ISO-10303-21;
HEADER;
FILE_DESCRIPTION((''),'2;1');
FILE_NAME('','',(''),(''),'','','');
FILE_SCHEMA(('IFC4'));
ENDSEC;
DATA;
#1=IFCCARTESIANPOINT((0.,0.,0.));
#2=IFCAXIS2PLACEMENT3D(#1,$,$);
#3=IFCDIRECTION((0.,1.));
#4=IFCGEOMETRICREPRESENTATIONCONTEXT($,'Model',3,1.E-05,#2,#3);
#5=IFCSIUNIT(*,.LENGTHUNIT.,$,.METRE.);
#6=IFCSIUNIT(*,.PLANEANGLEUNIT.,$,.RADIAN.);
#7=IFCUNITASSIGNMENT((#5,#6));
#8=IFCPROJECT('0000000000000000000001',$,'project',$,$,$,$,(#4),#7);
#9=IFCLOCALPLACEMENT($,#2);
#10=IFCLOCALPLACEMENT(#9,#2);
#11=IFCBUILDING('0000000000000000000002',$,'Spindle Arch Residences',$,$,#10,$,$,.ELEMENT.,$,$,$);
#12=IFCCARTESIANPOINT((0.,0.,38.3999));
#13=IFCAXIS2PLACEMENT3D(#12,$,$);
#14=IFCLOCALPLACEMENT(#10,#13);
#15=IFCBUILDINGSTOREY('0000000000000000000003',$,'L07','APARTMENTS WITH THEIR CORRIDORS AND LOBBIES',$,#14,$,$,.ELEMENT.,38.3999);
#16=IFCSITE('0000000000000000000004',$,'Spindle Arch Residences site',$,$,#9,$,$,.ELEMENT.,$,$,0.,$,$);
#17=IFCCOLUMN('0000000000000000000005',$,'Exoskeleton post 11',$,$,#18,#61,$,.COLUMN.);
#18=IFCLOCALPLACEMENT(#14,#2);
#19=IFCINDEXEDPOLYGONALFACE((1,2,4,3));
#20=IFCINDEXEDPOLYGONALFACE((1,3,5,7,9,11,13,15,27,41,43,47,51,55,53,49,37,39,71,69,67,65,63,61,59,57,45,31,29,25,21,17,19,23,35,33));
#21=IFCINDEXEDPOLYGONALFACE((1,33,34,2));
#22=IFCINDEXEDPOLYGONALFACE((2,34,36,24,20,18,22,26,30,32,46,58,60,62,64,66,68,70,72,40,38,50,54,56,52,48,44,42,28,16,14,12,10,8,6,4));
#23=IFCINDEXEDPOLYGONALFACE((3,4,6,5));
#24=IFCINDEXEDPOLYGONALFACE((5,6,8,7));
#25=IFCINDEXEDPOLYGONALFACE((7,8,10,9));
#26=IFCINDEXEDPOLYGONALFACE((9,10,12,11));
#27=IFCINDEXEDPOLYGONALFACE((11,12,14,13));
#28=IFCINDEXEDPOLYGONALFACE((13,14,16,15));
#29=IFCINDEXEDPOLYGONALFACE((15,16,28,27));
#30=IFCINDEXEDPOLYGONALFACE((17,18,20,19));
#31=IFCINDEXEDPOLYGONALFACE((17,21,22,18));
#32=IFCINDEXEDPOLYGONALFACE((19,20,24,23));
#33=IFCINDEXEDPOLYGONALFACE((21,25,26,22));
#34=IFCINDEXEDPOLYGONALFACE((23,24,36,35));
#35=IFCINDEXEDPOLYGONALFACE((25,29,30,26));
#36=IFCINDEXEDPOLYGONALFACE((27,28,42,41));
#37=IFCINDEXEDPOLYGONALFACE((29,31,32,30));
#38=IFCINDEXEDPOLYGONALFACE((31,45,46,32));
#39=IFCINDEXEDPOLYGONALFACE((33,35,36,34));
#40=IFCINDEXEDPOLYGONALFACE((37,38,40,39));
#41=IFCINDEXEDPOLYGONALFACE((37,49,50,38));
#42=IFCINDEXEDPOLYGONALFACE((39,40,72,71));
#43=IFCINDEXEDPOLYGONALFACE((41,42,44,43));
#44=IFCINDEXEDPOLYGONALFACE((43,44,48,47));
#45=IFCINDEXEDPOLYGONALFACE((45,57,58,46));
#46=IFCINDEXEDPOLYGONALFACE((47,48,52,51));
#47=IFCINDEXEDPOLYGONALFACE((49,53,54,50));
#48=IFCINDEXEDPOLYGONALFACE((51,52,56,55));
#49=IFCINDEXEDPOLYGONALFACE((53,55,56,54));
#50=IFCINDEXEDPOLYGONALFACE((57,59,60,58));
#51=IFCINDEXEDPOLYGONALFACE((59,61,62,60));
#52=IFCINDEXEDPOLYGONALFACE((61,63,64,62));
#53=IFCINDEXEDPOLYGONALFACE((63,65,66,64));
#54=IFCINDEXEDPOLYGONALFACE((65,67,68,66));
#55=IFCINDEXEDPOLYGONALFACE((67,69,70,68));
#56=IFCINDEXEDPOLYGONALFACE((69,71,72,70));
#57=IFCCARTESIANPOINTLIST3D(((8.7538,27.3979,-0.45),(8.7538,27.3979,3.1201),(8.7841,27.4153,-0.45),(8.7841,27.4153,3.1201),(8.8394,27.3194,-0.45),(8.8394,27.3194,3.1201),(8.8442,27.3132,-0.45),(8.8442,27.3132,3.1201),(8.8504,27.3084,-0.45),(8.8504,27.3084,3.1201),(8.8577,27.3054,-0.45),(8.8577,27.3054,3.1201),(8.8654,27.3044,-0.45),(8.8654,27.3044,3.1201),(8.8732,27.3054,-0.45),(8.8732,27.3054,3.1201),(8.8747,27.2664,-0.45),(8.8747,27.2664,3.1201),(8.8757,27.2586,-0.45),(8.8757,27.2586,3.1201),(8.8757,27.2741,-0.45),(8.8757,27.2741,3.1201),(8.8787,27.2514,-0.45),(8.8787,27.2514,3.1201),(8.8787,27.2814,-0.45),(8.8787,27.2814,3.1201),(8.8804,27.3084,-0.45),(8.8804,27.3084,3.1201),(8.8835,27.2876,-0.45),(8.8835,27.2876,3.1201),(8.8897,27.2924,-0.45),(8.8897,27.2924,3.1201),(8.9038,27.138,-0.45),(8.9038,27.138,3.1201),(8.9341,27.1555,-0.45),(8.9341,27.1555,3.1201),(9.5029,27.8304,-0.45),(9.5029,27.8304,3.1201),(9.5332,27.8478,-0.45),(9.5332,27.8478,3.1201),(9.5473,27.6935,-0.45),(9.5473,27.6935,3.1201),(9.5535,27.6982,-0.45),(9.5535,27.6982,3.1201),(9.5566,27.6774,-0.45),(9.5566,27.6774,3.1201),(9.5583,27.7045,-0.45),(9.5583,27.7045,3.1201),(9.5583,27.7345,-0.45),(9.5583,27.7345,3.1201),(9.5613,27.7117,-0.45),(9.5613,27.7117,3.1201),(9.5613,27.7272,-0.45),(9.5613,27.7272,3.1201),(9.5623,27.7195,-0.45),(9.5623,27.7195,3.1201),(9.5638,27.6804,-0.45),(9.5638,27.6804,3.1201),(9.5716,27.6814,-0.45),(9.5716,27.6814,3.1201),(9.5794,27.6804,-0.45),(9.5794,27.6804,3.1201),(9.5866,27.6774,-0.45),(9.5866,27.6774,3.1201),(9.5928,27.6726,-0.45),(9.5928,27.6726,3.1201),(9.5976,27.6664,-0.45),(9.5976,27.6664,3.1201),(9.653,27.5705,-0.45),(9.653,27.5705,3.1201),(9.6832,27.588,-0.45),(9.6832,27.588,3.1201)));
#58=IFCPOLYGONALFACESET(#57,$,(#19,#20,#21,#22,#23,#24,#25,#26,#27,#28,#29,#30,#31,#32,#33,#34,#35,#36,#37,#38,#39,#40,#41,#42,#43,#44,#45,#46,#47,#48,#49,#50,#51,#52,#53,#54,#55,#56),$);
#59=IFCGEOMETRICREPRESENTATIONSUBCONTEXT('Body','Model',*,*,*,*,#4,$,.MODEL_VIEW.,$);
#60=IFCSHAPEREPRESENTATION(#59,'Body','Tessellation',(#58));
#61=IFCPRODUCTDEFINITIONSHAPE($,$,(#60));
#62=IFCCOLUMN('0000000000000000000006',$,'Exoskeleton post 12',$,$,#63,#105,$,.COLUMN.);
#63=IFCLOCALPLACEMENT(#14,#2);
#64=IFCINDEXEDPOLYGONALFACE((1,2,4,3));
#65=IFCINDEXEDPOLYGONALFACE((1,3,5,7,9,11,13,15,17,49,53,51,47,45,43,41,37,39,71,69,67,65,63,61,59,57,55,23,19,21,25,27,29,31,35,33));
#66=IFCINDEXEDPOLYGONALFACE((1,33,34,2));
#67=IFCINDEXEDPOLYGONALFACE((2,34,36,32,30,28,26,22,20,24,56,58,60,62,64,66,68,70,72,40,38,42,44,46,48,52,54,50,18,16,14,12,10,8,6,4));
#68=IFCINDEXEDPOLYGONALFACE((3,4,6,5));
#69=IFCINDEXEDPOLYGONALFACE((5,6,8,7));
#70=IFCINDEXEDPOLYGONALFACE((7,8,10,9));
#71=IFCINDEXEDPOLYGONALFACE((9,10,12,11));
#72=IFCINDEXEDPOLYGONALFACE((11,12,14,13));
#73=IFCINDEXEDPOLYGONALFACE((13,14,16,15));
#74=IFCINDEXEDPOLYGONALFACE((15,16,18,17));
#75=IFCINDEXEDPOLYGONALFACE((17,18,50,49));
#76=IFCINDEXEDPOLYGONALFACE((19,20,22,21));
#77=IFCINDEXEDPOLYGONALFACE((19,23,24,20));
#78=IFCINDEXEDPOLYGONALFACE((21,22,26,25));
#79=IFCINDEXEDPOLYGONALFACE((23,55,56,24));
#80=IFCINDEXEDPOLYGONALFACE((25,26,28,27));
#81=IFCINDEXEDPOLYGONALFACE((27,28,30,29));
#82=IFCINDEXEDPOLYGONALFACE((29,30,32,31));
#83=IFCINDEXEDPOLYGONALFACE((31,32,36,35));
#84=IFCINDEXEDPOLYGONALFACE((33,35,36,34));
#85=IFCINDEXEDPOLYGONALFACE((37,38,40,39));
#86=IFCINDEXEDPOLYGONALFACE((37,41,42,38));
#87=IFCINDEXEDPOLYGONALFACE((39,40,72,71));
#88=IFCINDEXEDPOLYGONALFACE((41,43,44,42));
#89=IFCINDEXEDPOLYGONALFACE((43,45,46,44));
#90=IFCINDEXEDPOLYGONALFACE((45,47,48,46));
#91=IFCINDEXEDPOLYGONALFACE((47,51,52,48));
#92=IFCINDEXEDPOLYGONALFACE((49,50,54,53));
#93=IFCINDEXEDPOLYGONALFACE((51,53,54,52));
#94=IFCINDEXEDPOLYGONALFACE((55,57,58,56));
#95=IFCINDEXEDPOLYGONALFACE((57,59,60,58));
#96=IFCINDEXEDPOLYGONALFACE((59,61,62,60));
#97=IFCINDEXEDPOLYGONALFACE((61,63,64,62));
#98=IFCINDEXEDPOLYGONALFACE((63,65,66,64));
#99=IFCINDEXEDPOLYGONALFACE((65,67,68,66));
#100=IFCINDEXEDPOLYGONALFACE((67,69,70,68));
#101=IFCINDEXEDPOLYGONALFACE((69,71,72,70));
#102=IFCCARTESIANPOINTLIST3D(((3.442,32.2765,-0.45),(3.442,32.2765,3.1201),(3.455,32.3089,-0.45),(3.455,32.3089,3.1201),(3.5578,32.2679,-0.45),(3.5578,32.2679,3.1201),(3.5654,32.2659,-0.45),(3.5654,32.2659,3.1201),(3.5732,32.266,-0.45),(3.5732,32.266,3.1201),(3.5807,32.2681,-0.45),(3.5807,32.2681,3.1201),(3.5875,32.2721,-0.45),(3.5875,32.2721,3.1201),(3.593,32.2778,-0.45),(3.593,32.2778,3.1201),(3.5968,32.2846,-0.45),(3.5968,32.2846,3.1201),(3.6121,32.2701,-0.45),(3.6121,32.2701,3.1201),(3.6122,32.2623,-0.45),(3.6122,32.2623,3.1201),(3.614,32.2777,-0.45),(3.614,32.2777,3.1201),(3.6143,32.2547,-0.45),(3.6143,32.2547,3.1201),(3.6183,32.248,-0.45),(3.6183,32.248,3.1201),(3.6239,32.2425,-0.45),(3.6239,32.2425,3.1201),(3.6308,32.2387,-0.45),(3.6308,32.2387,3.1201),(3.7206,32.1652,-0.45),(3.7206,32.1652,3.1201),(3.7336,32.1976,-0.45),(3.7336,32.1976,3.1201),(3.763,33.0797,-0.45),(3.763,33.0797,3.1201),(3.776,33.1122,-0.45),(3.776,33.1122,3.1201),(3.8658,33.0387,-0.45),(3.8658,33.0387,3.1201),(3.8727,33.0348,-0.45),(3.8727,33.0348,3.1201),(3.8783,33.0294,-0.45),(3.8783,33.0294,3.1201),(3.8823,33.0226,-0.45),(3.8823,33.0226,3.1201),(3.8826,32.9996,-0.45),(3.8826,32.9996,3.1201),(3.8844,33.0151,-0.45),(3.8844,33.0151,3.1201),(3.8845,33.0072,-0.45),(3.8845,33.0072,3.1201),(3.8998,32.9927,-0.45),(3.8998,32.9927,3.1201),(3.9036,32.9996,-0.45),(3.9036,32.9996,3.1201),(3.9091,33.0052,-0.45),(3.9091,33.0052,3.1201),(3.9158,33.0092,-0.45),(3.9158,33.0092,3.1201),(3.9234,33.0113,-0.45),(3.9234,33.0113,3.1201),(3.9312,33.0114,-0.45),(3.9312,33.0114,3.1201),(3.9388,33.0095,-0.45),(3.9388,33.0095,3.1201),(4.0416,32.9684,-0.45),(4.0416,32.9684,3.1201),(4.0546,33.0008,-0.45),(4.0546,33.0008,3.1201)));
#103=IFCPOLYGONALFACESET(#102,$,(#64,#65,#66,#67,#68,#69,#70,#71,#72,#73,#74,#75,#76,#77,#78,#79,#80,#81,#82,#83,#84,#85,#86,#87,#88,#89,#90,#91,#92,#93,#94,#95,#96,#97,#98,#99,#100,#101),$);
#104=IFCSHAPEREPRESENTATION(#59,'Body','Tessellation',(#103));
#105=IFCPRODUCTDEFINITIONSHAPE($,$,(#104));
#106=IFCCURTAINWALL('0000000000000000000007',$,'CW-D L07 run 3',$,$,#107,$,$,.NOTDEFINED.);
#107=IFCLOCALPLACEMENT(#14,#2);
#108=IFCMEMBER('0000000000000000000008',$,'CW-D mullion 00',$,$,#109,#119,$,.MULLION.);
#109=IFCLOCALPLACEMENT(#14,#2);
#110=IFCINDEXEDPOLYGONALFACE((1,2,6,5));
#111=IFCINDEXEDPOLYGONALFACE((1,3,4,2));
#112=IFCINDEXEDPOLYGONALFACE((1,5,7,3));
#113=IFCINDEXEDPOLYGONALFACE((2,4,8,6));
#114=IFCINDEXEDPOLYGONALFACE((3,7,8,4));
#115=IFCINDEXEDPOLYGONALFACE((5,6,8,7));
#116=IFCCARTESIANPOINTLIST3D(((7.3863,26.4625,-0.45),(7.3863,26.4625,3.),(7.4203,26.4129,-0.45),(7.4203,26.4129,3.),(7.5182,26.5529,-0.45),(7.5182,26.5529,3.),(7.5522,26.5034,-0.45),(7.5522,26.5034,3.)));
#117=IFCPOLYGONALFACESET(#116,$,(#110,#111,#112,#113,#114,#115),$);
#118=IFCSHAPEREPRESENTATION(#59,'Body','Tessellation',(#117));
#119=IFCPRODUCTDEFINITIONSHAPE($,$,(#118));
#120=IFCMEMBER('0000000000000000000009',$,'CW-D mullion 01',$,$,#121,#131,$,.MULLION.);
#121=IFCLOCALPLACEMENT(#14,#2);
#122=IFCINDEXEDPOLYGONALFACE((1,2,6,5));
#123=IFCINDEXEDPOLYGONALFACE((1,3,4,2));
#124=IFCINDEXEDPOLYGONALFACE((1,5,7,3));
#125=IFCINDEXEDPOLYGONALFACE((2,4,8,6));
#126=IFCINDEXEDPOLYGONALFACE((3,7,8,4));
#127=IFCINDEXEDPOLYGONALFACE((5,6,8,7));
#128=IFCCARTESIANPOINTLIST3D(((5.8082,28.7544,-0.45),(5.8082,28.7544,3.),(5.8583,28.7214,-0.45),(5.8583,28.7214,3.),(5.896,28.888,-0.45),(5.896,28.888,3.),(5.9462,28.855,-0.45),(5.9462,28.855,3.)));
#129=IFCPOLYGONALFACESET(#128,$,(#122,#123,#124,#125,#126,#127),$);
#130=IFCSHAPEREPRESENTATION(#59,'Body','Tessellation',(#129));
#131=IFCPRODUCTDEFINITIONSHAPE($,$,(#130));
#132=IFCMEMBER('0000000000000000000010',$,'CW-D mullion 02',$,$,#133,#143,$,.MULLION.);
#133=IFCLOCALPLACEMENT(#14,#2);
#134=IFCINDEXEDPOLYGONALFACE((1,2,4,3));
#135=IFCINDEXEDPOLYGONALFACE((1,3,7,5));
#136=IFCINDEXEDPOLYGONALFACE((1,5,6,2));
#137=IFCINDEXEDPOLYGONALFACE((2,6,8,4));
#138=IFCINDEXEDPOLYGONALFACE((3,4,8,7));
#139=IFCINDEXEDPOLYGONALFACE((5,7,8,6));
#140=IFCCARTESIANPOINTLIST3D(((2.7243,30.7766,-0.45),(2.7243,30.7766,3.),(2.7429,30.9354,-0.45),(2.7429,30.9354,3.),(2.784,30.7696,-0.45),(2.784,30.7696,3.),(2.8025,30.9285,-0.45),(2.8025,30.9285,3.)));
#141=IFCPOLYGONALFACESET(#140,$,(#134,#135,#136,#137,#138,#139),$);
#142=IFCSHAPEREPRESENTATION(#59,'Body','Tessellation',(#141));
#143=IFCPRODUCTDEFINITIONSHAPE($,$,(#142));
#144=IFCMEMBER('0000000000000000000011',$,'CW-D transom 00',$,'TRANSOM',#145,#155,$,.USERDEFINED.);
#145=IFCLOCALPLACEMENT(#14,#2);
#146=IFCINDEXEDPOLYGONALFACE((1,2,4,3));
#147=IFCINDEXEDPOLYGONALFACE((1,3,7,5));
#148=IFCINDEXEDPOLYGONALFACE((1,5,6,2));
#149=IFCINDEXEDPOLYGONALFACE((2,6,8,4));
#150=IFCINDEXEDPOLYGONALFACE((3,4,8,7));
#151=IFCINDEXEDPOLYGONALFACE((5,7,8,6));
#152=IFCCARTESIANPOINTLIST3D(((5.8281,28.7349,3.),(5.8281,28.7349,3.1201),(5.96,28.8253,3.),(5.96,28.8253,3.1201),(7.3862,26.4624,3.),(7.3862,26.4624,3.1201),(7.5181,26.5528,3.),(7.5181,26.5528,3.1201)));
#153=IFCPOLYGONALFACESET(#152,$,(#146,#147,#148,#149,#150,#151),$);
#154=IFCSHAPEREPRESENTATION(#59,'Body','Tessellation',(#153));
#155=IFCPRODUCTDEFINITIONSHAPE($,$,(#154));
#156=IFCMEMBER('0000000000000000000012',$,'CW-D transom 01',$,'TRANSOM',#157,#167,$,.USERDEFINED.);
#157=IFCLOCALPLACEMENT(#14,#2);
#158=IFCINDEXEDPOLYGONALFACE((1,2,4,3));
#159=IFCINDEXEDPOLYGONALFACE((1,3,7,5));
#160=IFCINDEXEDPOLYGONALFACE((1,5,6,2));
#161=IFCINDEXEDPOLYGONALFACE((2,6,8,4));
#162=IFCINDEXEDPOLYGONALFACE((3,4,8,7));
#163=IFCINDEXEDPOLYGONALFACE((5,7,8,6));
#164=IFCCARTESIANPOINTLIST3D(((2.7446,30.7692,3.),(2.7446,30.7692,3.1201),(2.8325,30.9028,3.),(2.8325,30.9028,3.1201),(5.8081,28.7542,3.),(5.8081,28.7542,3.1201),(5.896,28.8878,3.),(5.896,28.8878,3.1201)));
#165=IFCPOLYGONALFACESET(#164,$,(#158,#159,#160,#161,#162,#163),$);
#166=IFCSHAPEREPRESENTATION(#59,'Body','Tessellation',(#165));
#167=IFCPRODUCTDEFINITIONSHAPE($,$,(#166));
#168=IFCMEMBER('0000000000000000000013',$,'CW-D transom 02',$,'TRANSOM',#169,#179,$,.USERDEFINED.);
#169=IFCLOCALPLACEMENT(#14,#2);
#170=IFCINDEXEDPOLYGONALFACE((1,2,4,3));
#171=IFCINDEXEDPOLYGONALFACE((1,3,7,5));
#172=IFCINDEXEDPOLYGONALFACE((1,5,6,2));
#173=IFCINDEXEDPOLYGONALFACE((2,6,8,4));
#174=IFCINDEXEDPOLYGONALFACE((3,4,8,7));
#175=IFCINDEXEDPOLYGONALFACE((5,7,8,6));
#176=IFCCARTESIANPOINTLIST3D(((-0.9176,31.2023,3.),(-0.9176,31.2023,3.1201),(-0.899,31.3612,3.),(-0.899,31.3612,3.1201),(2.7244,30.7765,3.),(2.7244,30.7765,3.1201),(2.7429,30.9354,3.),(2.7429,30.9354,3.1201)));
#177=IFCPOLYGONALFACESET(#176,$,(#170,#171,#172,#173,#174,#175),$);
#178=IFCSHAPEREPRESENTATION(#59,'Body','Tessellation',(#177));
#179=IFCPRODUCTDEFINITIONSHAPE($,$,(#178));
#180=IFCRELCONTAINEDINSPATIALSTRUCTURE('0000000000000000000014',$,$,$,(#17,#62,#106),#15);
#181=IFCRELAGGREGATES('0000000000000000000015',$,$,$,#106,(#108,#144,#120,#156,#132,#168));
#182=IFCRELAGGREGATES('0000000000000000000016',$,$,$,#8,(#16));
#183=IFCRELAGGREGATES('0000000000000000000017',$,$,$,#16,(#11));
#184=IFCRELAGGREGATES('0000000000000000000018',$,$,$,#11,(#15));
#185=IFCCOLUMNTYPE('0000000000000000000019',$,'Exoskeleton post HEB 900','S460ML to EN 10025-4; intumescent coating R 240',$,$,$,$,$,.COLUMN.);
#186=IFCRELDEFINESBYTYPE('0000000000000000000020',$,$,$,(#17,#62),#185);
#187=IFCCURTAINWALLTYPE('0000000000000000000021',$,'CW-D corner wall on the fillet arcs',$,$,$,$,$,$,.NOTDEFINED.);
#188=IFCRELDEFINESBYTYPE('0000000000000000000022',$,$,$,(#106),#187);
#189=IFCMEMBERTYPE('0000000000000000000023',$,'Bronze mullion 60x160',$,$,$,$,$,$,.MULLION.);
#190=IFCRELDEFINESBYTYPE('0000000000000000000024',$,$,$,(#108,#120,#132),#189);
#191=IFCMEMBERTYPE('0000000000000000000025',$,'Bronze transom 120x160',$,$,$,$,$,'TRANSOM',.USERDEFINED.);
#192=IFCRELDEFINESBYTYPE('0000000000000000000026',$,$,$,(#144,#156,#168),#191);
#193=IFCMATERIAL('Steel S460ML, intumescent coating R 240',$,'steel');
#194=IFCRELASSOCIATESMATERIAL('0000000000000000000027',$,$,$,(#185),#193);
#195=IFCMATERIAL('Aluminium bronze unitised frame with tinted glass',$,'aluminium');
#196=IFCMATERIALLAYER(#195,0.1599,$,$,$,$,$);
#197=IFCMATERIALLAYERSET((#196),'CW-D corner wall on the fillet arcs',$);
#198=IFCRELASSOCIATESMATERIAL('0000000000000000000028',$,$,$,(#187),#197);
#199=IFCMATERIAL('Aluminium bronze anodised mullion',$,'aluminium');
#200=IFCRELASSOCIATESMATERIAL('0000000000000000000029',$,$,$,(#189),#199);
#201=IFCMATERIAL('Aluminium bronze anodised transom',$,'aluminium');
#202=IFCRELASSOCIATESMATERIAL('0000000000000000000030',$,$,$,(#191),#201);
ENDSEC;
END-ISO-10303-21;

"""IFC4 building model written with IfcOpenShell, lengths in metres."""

from ifc_helpers import new_model, si_unit, direction, frame, origin, origin_2d, place, context, subcontext, project, spatial, rectangle, i_section, extrude, material, layer, layer_set, material_profile, profile_set, type_object, element, aggregate, save


model = new_model("IFC4")

# Units and contexts
model_context = context("Model", 3, precision=1e-05, world=origin(), true_north=direction((0.0, 1.0)))
body_context = subcontext(model_context, "Body", "Model", "MODEL_VIEW")
ifc_project = project(units=[si_unit("LENGTHUNIT", "METRE"), si_unit("PLANEANGLEUNIT", "RADIAN")], contexts=[model_context])

# Site, building, storey
site_placement = place(None, origin())
site = spatial("IfcSite", under=ifc_project, at=site_placement, Name="Spindle Arch Residences site", CompositionType="ELEMENT", RefElevation=0.0)
building_placement = place(site_placement, origin())
building = spatial("IfcBuilding", under=site, at=building_placement, Name="Spindle Arch Residences", CompositionType="ELEMENT")
storey_placement = place(building_placement, frame((0.0, 0.0, 38.3999)))
storey = spatial("IfcBuildingStorey", under=building, at=storey_placement, Name="L07", Description="APARTMENTS WITH THEIR CORRIDORS AND LOBBIES", CompositionType="ELEMENT", Elevation=38.3999)

# Columns
ifc_material_1 = material(Name="Steel S460ML, intumescent coating R 240", Category="steel")
ifc_material_profile_1 = material_profile(ifc_material_1, i_section(OverallWidth=0.3, OverallDepth=0.8999, WebThickness=0.0186, FlangeThickness=0.0349, FilletRadius=0.03, at=origin_2d()), Name="HEB 900")
ifc_profile_set_1 = profile_set([ifc_material_profile_1], Name="Steel S460ML, intumescent coating R 240")
column_type = type_object("IfcColumnType", Name="Exoskeleton post HEB 900", Description="S460ML to EN 10025-4; intumescent coating R 240", PredefinedType="COLUMN", material=ifc_profile_set_1)
for number, where, z_axis, x_axis, name in (
    (1, (9.2185, 27.4929, -0.45), (0.0, 0.0, 1.0), (0.5, -0.866025, 0.0), "Exoskeleton post 11"),
    (2, (3.7483, 32.6387, -0.45), (0.0, 0.0, 1.0), (0.92859, -0.371108, 0.0), "Exoskeleton post 12"),
):
    element("IfcColumn", number, at=place(storey_placement, frame(where, z_axis=z_axis, x_axis=x_axis)), inside=storey, type_object=column_type, Name=name, PredefinedType="COLUMN", context=body_context, shape_type="SweptSolid", body=[
        extrude(i_section(OverallWidth=0.3, OverallDepth=0.8999, WebThickness=0.0186, FlangeThickness=0.0349, FilletRadius=0.03, at=origin_2d()), origin(), (0.0, 0.0, 1.0), 3.5701),
    ])

# Curtain wall, members
ifc_material_2 = material(Name="Aluminium bronze unitised frame with tinted glass", Category="aluminium")
ifc_layer_1 = layer(ifc_material_2, 0.1599)
ifc_layer_set_1 = layer_set([ifc_layer_1], Name="CW-D corner wall on the fillet arcs")
curtain_wall_type = type_object("IfcCurtainWallType", Name="CW-D corner wall on the fillet arcs", PredefinedType="NOTDEFINED", material=ifc_layer_set_1)
curtain_wall_placement = place(storey_placement, origin())
curtain_wall = element("IfcCurtainWall", 3, at=curtain_wall_placement, inside=storey, type_object=curtain_wall_type, Name="CW-D L07 run 3", PredefinedType="NOTDEFINED")
ifc_material_3 = material(Name="Aluminium bronze anodised mullion", Category="aluminium")
ifc_material_profile_2 = material_profile(ifc_material_3, rectangle(XDim=0.1599, YDim=0.0601, at=origin_2d()), Name="MU 60x160")
ifc_profile_set_2 = profile_set([ifc_material_profile_2], Name="Aluminium bronze anodised mullion")
member_type_1 = type_object("IfcMemberType", Name="Bronze mullion 60x160", PredefinedType="MULLION", material=ifc_profile_set_2)
member_1_placement = place(storey_placement, frame((7.4692, 26.4829, -0.45), z_axis=(0.0, 0.0, 1.0), x_axis=(-0.824748, -0.565501, 0.0)))
member_1 = element("IfcMember", 4, at=member_1_placement, type_object=member_type_1, Name="CW-D mullion 00", PredefinedType="MULLION", context=body_context, shape_type="SweptSolid", body=[
    extrude(rectangle(XDim=0.1599, YDim=0.0601, at=origin_2d()), origin(), (0.0, 0.0, 1.0), 3.45),
])
member_2_placement = place(storey_placement, frame((5.8772, 28.8047, -0.45), z_axis=(0.0, 0.0, 1.0), x_axis=(-0.549509, -0.835488, 0.0)))
member_2 = element("IfcMember", 5, at=member_2_placement, type_object=member_type_1, Name="CW-D mullion 01", PredefinedType="MULLION", context=body_context, shape_type="SweptSolid", body=[
    extrude(rectangle(XDim=0.1599, YDim=0.0601, at=origin_2d()), origin(), (0.0, 0.0, 1.0), 3.45),
])
member_3_placement = place(storey_placement, frame((2.7634, 30.8525, -0.45), z_axis=(0.0, 0.0, 1.0), x_axis=(-0.116093, -0.993238, 0.0)))
member_3 = element("IfcMember", 6, at=member_3_placement, type_object=member_type_1, Name="CW-D mullion 02", PredefinedType="MULLION", context=body_context, shape_type="SweptSolid", body=[
    extrude(rectangle(XDim=0.1599, YDim=0.0601, at=origin_2d()), origin(), (0.0, 0.0, 1.0), 3.45),
])
ifc_material_4 = material(Name="Aluminium bronze anodised transom", Category="aluminium")
ifc_material_profile_3 = material_profile(ifc_material_4, rectangle(XDim=0.1599, YDim=0.1201, at=origin_2d()), Name="TR 120x160")
ifc_profile_set_3 = profile_set([ifc_material_profile_3], Name="Aluminium bronze anodised transom")
member_type_2 = type_object("IfcMemberType", Name="Bronze transom 120x160", ElementType="TRANSOM", PredefinedType="USERDEFINED", material=ifc_profile_set_3)
member_4_placement = place(storey_placement, frame((7.4521, 26.5076, 3.0601), z_axis=(-0.56549, 0.824755, 0.0), x_axis=(-0.824755, -0.56549, 0.0)))
member_4 = element("IfcMember", 7, at=member_4_placement, type_object=member_type_2, Name="CW-D transom 00", ObjectType="TRANSOM", PredefinedType="USERDEFINED", context=body_context, shape_type="SweptSolid", body=[
    extrude(rectangle(XDim=0.1599, YDim=0.1201, at=origin_2d()), origin(), (0.0, 0.0, 1.0), 2.7554),
])
member_5_placement = place(storey_placement, frame((5.8521, 28.821, 3.0601), z_axis=(-0.835486, 0.549511, 0.0), x_axis=(-0.549511, -0.835486, 0.0)))
member_5 = element("IfcMember", 8, at=member_5_placement, type_object=member_type_2, Name="CW-D transom 01", ObjectType="TRANSOM", PredefinedType="USERDEFINED", context=body_context, shape_type="SweptSolid", body=[
    extrude(rectangle(XDim=0.1599, YDim=0.1201, at=origin_2d()), origin(), (0.0, 0.0, 1.0), 3.6667),
])
member_6_placement = place(storey_placement, frame((2.7336, 30.856, 3.0601), z_axis=(-0.993235, 0.116123, 0.0), x_axis=(-0.116123, -0.993235, 0.0)))
member_6 = element("IfcMember", 9, at=member_6_placement, type_object=member_type_2, Name="CW-D transom 02", ObjectType="TRANSOM", PredefinedType="USERDEFINED", context=body_context, shape_type="SweptSolid", body=[
    extrude(rectangle(XDim=0.1599, YDim=0.1201, at=origin_2d()), origin(), (0.0, 0.0, 1.0), 3.6667),
])

aggregate(curtain_wall, [member_1, member_4, member_2, member_5, member_3, member_6])

save(model, "model.ifc")
